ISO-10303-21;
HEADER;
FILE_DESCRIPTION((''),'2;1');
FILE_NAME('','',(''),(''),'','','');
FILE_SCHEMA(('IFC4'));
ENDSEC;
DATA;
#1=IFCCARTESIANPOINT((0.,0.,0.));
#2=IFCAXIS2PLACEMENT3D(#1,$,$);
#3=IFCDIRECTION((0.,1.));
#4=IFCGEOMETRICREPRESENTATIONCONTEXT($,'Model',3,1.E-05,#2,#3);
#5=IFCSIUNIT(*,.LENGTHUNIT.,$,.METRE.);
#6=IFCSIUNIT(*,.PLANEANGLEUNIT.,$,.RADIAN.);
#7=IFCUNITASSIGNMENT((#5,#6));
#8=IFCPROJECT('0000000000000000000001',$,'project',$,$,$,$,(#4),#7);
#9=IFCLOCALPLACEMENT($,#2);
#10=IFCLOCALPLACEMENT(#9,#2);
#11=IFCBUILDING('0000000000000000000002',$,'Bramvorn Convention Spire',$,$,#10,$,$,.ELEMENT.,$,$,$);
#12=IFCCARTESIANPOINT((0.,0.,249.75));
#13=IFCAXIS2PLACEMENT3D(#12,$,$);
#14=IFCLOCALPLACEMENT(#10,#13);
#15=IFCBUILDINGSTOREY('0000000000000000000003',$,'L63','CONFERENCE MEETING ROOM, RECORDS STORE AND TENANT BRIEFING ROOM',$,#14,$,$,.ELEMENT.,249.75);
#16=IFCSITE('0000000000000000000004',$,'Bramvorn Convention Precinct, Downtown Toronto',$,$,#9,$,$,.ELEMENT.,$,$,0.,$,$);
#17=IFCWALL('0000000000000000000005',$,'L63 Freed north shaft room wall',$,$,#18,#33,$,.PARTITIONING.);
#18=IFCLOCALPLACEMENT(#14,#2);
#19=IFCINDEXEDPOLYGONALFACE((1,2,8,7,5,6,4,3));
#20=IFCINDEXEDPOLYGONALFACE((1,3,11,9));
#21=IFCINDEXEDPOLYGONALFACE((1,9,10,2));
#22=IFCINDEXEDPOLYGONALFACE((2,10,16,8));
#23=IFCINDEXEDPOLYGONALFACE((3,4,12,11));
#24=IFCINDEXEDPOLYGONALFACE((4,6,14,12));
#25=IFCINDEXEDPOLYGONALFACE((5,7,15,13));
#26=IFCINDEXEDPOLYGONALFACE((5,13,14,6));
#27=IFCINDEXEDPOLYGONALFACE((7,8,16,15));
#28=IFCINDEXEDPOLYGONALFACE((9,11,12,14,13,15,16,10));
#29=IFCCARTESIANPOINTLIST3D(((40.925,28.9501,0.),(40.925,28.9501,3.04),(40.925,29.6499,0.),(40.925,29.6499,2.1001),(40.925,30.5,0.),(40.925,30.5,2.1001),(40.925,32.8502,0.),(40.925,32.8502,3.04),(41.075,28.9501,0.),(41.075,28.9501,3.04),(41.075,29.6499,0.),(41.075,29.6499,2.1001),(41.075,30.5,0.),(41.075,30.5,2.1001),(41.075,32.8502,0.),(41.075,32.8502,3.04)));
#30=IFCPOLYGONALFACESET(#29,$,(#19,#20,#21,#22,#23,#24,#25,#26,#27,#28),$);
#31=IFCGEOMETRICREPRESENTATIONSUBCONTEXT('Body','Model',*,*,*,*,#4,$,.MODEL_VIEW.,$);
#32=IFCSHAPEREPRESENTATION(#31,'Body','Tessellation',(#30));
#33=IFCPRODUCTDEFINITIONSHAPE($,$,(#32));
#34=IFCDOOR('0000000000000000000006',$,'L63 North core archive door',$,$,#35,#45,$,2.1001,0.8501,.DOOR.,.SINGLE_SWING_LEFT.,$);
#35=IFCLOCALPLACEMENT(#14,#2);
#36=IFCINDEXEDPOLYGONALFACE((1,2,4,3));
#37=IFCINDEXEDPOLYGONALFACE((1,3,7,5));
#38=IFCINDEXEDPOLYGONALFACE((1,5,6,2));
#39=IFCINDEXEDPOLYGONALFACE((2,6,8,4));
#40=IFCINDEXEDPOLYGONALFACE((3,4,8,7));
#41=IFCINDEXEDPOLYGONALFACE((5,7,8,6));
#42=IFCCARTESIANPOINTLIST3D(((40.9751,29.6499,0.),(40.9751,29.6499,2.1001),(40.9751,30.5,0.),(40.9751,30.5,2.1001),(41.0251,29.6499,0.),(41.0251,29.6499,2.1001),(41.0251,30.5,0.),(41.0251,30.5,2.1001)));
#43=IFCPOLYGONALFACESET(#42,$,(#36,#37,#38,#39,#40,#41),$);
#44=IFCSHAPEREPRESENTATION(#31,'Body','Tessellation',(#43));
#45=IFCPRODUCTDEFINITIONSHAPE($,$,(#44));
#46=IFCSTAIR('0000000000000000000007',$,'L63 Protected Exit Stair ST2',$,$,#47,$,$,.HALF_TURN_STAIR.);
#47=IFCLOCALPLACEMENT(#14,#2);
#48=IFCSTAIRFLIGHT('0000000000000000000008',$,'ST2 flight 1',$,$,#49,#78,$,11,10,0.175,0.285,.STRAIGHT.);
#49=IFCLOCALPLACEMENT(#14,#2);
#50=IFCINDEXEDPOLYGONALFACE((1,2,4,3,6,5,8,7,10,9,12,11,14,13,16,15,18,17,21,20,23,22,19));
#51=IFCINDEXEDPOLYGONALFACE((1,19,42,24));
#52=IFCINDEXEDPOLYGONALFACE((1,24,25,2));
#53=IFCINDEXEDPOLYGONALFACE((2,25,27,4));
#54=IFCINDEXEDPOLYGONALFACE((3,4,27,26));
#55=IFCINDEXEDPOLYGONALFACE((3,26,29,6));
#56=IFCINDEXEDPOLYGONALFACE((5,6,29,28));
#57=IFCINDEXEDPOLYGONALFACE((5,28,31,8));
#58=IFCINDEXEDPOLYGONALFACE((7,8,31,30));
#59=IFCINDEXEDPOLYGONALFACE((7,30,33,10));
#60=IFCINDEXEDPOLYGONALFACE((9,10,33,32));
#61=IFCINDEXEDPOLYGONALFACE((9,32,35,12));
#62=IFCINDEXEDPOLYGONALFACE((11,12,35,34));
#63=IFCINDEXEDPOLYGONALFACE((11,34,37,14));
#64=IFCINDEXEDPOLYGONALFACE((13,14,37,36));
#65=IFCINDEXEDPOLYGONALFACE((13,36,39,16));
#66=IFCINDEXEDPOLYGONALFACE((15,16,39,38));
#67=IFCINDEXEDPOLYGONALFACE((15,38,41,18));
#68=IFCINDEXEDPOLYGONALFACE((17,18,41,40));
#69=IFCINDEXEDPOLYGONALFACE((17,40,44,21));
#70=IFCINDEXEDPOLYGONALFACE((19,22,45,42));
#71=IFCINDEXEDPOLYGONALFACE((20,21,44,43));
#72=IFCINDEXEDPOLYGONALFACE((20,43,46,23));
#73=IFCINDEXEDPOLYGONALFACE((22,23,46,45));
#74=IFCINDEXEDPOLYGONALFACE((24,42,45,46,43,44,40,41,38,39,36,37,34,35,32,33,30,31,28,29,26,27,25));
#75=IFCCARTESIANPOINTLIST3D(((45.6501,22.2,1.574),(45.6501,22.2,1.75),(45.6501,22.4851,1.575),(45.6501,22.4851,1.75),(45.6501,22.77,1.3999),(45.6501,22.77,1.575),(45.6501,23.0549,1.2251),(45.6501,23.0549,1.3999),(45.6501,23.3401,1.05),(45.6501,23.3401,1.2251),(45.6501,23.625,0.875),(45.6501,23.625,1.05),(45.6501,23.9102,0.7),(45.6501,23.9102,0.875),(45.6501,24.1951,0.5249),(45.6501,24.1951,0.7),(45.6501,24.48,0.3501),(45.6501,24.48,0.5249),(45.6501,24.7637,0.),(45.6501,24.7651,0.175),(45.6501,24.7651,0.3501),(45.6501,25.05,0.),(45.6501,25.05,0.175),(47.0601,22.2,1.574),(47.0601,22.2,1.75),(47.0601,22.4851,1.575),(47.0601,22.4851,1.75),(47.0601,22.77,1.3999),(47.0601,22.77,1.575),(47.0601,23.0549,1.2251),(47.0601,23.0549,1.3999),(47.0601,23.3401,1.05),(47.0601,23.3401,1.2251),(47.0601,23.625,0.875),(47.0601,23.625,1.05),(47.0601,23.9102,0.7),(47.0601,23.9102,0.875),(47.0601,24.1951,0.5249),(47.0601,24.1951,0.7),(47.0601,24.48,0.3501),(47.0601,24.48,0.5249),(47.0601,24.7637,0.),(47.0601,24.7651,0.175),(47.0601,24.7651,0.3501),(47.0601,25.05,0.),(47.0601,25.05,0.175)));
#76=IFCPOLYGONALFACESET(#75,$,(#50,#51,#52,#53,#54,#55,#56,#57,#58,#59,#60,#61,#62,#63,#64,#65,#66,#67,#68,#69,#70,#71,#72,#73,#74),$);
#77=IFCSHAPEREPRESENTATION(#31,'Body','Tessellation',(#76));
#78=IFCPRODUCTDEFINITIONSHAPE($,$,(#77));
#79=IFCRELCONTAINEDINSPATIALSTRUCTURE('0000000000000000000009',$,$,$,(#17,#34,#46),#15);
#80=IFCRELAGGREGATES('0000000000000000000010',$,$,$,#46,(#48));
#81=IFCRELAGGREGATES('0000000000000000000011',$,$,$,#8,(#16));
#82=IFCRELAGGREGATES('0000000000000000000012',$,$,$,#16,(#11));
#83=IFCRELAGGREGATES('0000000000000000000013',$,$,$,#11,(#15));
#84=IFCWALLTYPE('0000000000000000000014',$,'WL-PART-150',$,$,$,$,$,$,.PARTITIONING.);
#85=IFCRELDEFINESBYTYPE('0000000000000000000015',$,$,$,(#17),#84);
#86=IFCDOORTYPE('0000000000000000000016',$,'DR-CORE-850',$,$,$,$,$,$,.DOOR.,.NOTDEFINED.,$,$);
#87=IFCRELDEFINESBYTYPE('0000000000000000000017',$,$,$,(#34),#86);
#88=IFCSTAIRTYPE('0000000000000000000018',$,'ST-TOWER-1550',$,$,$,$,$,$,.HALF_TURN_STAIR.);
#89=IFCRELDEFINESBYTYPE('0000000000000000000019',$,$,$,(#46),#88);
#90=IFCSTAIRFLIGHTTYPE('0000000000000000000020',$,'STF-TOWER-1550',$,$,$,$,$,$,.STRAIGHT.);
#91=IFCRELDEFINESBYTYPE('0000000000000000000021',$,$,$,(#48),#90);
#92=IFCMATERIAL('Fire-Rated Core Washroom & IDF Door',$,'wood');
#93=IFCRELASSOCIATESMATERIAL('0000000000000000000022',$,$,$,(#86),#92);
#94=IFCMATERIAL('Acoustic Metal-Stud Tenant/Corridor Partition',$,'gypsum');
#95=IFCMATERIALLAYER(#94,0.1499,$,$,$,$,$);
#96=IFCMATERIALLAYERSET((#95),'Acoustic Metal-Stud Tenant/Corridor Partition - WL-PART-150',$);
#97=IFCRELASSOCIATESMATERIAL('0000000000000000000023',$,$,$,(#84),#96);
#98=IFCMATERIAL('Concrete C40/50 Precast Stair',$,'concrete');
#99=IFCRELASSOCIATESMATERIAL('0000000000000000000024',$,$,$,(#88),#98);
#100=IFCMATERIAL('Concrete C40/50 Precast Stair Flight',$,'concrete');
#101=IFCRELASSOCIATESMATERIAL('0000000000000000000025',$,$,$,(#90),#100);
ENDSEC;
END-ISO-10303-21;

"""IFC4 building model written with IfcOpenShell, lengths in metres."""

from ifc_helpers import new_model, si_unit, direction, frame, frame_2d, origin, place, context, subcontext, project, spatial, polyline, rectangle, outline, extrude, material, layer, layer_set, type_object, element, fill, aggregate, save


model = new_model("IFC4")

# Units and contexts
model_context = context("Model", 3, precision=1e-05, world=origin(), true_north=direction((0.0, 1.0)))
body_context = subcontext(model_context, "Body", "Model", "MODEL_VIEW")
ifc_project = project(units=[si_unit("LENGTHUNIT", "METRE"), si_unit("PLANEANGLEUNIT", "RADIAN")], contexts=[model_context])

# Site, building, storey
site_placement = place(None, origin())
site = spatial("IfcSite", under=ifc_project, at=site_placement, Name="Bramvorn Convention Precinct, Downtown Toronto", CompositionType="ELEMENT", RefElevation=0.0)
building_placement = place(site_placement, origin())
building = spatial("IfcBuilding", under=site, at=building_placement, Name="Bramvorn Convention Spire", CompositionType="ELEMENT")
storey_placement = place(building_placement, frame((0.0, 0.0, 249.75)))
storey = spatial("IfcBuildingStorey", under=building, at=storey_placement, Name="L63", Description="CONFERENCE MEETING ROOM, RECORDS STORE AND TENANT BRIEFING ROOM", CompositionType="ELEMENT", Elevation=249.75)

# Shared definitions
ifc_material_1 = material(Name="Fire-Rated Core Washroom & IDF Door", Category="wood")
door_type_1 = type_object("IfcDoorType", Name="DR-CORE-850", OperationType="NOTDEFINED", PredefinedType="DOOR", material=ifc_material_1)

# Shared definitions
ifc_material_2 = material(Name="Acoustic Metal-Stud Tenant/Corridor Partition", Category="gypsum")
ifc_layer_1 = layer(ifc_material_2, 0.1499)
ifc_layer_set_1 = layer_set([ifc_layer_1], Name="Acoustic Metal-Stud Tenant/Corridor Partition - WL-PART-150")
wall_type_1 = type_object("IfcWallType", Name="WL-PART-150", PredefinedType="PARTITIONING", material=ifc_layer_set_1)

# Wall, opening, door
wall_1_placement = place(storey_placement, frame((41.0, 28.95, 0.0), z_axis=(0.0, 0.0, 1.0), x_axis=(0.0, 1.0, 0.0)))
wall_1 = element("IfcWall", 1, at=wall_1_placement, inside=storey, type_object=wall_type_1, Name="L63 Freed north shaft room wall", PredefinedType="PARTITIONING", context=body_context, shape_type="SweptSolid", body=[
    extrude(rectangle(XDim=3.9001, YDim=0.1499, at=frame_2d((1.9502, 0.0))), origin(), (0.0, 0.0, 1.0), 3.04),
])
opening_1_placement = place(wall_1_placement, frame((0.7, 0.0, 0.0)))
opening_1 = element("IfcOpeningElement", 2, at=opening_1_placement, cuts=wall_1, PredefinedType="OPENING", context=body_context, shape_type="SweptSolid", body=[
    extrude(rectangle(XDim=0.8501, YDim=2.1001, at=frame_2d((0.425, 1.05))), frame((0.0, 0.085, 0.0), z_axis=(0.0, -1.0, 0.0), x_axis=(1.0, 0.0, 0.0)), (0.0, 0.0, 1.0), 0.1699),
])
door_1_placement = place(opening_1_placement, origin())
door_1 = element("IfcDoor", 3, at=door_1_placement, inside=storey, type_object=door_type_1, Name="L63 North core archive door", OperationType="SINGLE_SWING_LEFT", OverallHeight=2.1001, OverallWidth=0.8501, PredefinedType="DOOR", context=body_context, shape_type="SweptSolid", body=[
    extrude(rectangle(XDim=0.8501, YDim=2.1001, at=frame_2d((0.425, 1.05))), frame((0.0, 0.0249, 0.0), z_axis=(0.0, -1.0, 0.0), x_axis=(1.0, 0.0, 0.0)), (0.0, 0.0, 1.0), 0.05),
])
fill(opening_1, door_1)

# Stair, stair flight
ifc_material_3 = material(Name="Concrete C40/50 Precast Stair", Category="concrete")
stair_type = type_object("IfcStairType", Name="ST-TOWER-1550", PredefinedType="HALF_TURN_STAIR", material=ifc_material_3)
stair_placement = place(storey_placement, origin())
stair = element("IfcStair", 4, at=stair_placement, inside=storey, type_object=stair_type, Name="L63 Protected Exit Stair ST2", PredefinedType="HALF_TURN_STAIR")
ifc_material_4 = material(Name="Concrete C40/50 Precast Stair Flight", Category="concrete")
stair_flight_type = type_object("IfcStairFlightType", Name="STF-TOWER-1550", PredefinedType="STRAIGHT", material=ifc_material_4)
stair_flight_placement = place(storey_placement, frame((46.355, 25.05, 0.0), z_axis=(0.0, 0.0, 1.0), x_axis=(0.0, -1.0, 0.0)))
stair_flight = element("IfcStairFlight", 5, at=stair_flight_placement, type_object=stair_flight_type, Name="ST2 flight 1", NumberOfRisers=11, NumberOfTreads=10, PredefinedType="STRAIGHT", RiserHeight=0.175, TreadLength=0.285, context=body_context, shape_type="SweptSolid", body=[
    extrude(outline(polyline([(0.0, 0.0), (0.0, 0.175), (0.2849, 0.175), (0.2849, 0.3501), (0.5701, 0.3501), (0.5701, 0.5249), (0.855, 0.5249), (0.855, 0.7), (1.1399, 0.7), (1.1399, 0.875), (1.425, 0.875), (1.425, 1.05), (1.71, 1.05), (1.71, 1.2251), (1.9951, 1.2251), (1.9951, 1.3999), (2.28, 1.3999), (2.28, 1.575), (2.5649, 1.575), (2.5649, 1.75), (2.8501, 1.75), (2.8501, 1.925), (2.8501, 1.574), (0.2864, 0.0), (0.0, 0.0)])), frame((0.0, 0.7051, 0.0), z_axis=(0.0, -1.0, 0.0), x_axis=(1.0, 0.0, 0.0)), (0.0, 0.0, 1.0), 1.4099),
])
aggregate(stair, [stair_flight])

save(model, "model.ifc")
